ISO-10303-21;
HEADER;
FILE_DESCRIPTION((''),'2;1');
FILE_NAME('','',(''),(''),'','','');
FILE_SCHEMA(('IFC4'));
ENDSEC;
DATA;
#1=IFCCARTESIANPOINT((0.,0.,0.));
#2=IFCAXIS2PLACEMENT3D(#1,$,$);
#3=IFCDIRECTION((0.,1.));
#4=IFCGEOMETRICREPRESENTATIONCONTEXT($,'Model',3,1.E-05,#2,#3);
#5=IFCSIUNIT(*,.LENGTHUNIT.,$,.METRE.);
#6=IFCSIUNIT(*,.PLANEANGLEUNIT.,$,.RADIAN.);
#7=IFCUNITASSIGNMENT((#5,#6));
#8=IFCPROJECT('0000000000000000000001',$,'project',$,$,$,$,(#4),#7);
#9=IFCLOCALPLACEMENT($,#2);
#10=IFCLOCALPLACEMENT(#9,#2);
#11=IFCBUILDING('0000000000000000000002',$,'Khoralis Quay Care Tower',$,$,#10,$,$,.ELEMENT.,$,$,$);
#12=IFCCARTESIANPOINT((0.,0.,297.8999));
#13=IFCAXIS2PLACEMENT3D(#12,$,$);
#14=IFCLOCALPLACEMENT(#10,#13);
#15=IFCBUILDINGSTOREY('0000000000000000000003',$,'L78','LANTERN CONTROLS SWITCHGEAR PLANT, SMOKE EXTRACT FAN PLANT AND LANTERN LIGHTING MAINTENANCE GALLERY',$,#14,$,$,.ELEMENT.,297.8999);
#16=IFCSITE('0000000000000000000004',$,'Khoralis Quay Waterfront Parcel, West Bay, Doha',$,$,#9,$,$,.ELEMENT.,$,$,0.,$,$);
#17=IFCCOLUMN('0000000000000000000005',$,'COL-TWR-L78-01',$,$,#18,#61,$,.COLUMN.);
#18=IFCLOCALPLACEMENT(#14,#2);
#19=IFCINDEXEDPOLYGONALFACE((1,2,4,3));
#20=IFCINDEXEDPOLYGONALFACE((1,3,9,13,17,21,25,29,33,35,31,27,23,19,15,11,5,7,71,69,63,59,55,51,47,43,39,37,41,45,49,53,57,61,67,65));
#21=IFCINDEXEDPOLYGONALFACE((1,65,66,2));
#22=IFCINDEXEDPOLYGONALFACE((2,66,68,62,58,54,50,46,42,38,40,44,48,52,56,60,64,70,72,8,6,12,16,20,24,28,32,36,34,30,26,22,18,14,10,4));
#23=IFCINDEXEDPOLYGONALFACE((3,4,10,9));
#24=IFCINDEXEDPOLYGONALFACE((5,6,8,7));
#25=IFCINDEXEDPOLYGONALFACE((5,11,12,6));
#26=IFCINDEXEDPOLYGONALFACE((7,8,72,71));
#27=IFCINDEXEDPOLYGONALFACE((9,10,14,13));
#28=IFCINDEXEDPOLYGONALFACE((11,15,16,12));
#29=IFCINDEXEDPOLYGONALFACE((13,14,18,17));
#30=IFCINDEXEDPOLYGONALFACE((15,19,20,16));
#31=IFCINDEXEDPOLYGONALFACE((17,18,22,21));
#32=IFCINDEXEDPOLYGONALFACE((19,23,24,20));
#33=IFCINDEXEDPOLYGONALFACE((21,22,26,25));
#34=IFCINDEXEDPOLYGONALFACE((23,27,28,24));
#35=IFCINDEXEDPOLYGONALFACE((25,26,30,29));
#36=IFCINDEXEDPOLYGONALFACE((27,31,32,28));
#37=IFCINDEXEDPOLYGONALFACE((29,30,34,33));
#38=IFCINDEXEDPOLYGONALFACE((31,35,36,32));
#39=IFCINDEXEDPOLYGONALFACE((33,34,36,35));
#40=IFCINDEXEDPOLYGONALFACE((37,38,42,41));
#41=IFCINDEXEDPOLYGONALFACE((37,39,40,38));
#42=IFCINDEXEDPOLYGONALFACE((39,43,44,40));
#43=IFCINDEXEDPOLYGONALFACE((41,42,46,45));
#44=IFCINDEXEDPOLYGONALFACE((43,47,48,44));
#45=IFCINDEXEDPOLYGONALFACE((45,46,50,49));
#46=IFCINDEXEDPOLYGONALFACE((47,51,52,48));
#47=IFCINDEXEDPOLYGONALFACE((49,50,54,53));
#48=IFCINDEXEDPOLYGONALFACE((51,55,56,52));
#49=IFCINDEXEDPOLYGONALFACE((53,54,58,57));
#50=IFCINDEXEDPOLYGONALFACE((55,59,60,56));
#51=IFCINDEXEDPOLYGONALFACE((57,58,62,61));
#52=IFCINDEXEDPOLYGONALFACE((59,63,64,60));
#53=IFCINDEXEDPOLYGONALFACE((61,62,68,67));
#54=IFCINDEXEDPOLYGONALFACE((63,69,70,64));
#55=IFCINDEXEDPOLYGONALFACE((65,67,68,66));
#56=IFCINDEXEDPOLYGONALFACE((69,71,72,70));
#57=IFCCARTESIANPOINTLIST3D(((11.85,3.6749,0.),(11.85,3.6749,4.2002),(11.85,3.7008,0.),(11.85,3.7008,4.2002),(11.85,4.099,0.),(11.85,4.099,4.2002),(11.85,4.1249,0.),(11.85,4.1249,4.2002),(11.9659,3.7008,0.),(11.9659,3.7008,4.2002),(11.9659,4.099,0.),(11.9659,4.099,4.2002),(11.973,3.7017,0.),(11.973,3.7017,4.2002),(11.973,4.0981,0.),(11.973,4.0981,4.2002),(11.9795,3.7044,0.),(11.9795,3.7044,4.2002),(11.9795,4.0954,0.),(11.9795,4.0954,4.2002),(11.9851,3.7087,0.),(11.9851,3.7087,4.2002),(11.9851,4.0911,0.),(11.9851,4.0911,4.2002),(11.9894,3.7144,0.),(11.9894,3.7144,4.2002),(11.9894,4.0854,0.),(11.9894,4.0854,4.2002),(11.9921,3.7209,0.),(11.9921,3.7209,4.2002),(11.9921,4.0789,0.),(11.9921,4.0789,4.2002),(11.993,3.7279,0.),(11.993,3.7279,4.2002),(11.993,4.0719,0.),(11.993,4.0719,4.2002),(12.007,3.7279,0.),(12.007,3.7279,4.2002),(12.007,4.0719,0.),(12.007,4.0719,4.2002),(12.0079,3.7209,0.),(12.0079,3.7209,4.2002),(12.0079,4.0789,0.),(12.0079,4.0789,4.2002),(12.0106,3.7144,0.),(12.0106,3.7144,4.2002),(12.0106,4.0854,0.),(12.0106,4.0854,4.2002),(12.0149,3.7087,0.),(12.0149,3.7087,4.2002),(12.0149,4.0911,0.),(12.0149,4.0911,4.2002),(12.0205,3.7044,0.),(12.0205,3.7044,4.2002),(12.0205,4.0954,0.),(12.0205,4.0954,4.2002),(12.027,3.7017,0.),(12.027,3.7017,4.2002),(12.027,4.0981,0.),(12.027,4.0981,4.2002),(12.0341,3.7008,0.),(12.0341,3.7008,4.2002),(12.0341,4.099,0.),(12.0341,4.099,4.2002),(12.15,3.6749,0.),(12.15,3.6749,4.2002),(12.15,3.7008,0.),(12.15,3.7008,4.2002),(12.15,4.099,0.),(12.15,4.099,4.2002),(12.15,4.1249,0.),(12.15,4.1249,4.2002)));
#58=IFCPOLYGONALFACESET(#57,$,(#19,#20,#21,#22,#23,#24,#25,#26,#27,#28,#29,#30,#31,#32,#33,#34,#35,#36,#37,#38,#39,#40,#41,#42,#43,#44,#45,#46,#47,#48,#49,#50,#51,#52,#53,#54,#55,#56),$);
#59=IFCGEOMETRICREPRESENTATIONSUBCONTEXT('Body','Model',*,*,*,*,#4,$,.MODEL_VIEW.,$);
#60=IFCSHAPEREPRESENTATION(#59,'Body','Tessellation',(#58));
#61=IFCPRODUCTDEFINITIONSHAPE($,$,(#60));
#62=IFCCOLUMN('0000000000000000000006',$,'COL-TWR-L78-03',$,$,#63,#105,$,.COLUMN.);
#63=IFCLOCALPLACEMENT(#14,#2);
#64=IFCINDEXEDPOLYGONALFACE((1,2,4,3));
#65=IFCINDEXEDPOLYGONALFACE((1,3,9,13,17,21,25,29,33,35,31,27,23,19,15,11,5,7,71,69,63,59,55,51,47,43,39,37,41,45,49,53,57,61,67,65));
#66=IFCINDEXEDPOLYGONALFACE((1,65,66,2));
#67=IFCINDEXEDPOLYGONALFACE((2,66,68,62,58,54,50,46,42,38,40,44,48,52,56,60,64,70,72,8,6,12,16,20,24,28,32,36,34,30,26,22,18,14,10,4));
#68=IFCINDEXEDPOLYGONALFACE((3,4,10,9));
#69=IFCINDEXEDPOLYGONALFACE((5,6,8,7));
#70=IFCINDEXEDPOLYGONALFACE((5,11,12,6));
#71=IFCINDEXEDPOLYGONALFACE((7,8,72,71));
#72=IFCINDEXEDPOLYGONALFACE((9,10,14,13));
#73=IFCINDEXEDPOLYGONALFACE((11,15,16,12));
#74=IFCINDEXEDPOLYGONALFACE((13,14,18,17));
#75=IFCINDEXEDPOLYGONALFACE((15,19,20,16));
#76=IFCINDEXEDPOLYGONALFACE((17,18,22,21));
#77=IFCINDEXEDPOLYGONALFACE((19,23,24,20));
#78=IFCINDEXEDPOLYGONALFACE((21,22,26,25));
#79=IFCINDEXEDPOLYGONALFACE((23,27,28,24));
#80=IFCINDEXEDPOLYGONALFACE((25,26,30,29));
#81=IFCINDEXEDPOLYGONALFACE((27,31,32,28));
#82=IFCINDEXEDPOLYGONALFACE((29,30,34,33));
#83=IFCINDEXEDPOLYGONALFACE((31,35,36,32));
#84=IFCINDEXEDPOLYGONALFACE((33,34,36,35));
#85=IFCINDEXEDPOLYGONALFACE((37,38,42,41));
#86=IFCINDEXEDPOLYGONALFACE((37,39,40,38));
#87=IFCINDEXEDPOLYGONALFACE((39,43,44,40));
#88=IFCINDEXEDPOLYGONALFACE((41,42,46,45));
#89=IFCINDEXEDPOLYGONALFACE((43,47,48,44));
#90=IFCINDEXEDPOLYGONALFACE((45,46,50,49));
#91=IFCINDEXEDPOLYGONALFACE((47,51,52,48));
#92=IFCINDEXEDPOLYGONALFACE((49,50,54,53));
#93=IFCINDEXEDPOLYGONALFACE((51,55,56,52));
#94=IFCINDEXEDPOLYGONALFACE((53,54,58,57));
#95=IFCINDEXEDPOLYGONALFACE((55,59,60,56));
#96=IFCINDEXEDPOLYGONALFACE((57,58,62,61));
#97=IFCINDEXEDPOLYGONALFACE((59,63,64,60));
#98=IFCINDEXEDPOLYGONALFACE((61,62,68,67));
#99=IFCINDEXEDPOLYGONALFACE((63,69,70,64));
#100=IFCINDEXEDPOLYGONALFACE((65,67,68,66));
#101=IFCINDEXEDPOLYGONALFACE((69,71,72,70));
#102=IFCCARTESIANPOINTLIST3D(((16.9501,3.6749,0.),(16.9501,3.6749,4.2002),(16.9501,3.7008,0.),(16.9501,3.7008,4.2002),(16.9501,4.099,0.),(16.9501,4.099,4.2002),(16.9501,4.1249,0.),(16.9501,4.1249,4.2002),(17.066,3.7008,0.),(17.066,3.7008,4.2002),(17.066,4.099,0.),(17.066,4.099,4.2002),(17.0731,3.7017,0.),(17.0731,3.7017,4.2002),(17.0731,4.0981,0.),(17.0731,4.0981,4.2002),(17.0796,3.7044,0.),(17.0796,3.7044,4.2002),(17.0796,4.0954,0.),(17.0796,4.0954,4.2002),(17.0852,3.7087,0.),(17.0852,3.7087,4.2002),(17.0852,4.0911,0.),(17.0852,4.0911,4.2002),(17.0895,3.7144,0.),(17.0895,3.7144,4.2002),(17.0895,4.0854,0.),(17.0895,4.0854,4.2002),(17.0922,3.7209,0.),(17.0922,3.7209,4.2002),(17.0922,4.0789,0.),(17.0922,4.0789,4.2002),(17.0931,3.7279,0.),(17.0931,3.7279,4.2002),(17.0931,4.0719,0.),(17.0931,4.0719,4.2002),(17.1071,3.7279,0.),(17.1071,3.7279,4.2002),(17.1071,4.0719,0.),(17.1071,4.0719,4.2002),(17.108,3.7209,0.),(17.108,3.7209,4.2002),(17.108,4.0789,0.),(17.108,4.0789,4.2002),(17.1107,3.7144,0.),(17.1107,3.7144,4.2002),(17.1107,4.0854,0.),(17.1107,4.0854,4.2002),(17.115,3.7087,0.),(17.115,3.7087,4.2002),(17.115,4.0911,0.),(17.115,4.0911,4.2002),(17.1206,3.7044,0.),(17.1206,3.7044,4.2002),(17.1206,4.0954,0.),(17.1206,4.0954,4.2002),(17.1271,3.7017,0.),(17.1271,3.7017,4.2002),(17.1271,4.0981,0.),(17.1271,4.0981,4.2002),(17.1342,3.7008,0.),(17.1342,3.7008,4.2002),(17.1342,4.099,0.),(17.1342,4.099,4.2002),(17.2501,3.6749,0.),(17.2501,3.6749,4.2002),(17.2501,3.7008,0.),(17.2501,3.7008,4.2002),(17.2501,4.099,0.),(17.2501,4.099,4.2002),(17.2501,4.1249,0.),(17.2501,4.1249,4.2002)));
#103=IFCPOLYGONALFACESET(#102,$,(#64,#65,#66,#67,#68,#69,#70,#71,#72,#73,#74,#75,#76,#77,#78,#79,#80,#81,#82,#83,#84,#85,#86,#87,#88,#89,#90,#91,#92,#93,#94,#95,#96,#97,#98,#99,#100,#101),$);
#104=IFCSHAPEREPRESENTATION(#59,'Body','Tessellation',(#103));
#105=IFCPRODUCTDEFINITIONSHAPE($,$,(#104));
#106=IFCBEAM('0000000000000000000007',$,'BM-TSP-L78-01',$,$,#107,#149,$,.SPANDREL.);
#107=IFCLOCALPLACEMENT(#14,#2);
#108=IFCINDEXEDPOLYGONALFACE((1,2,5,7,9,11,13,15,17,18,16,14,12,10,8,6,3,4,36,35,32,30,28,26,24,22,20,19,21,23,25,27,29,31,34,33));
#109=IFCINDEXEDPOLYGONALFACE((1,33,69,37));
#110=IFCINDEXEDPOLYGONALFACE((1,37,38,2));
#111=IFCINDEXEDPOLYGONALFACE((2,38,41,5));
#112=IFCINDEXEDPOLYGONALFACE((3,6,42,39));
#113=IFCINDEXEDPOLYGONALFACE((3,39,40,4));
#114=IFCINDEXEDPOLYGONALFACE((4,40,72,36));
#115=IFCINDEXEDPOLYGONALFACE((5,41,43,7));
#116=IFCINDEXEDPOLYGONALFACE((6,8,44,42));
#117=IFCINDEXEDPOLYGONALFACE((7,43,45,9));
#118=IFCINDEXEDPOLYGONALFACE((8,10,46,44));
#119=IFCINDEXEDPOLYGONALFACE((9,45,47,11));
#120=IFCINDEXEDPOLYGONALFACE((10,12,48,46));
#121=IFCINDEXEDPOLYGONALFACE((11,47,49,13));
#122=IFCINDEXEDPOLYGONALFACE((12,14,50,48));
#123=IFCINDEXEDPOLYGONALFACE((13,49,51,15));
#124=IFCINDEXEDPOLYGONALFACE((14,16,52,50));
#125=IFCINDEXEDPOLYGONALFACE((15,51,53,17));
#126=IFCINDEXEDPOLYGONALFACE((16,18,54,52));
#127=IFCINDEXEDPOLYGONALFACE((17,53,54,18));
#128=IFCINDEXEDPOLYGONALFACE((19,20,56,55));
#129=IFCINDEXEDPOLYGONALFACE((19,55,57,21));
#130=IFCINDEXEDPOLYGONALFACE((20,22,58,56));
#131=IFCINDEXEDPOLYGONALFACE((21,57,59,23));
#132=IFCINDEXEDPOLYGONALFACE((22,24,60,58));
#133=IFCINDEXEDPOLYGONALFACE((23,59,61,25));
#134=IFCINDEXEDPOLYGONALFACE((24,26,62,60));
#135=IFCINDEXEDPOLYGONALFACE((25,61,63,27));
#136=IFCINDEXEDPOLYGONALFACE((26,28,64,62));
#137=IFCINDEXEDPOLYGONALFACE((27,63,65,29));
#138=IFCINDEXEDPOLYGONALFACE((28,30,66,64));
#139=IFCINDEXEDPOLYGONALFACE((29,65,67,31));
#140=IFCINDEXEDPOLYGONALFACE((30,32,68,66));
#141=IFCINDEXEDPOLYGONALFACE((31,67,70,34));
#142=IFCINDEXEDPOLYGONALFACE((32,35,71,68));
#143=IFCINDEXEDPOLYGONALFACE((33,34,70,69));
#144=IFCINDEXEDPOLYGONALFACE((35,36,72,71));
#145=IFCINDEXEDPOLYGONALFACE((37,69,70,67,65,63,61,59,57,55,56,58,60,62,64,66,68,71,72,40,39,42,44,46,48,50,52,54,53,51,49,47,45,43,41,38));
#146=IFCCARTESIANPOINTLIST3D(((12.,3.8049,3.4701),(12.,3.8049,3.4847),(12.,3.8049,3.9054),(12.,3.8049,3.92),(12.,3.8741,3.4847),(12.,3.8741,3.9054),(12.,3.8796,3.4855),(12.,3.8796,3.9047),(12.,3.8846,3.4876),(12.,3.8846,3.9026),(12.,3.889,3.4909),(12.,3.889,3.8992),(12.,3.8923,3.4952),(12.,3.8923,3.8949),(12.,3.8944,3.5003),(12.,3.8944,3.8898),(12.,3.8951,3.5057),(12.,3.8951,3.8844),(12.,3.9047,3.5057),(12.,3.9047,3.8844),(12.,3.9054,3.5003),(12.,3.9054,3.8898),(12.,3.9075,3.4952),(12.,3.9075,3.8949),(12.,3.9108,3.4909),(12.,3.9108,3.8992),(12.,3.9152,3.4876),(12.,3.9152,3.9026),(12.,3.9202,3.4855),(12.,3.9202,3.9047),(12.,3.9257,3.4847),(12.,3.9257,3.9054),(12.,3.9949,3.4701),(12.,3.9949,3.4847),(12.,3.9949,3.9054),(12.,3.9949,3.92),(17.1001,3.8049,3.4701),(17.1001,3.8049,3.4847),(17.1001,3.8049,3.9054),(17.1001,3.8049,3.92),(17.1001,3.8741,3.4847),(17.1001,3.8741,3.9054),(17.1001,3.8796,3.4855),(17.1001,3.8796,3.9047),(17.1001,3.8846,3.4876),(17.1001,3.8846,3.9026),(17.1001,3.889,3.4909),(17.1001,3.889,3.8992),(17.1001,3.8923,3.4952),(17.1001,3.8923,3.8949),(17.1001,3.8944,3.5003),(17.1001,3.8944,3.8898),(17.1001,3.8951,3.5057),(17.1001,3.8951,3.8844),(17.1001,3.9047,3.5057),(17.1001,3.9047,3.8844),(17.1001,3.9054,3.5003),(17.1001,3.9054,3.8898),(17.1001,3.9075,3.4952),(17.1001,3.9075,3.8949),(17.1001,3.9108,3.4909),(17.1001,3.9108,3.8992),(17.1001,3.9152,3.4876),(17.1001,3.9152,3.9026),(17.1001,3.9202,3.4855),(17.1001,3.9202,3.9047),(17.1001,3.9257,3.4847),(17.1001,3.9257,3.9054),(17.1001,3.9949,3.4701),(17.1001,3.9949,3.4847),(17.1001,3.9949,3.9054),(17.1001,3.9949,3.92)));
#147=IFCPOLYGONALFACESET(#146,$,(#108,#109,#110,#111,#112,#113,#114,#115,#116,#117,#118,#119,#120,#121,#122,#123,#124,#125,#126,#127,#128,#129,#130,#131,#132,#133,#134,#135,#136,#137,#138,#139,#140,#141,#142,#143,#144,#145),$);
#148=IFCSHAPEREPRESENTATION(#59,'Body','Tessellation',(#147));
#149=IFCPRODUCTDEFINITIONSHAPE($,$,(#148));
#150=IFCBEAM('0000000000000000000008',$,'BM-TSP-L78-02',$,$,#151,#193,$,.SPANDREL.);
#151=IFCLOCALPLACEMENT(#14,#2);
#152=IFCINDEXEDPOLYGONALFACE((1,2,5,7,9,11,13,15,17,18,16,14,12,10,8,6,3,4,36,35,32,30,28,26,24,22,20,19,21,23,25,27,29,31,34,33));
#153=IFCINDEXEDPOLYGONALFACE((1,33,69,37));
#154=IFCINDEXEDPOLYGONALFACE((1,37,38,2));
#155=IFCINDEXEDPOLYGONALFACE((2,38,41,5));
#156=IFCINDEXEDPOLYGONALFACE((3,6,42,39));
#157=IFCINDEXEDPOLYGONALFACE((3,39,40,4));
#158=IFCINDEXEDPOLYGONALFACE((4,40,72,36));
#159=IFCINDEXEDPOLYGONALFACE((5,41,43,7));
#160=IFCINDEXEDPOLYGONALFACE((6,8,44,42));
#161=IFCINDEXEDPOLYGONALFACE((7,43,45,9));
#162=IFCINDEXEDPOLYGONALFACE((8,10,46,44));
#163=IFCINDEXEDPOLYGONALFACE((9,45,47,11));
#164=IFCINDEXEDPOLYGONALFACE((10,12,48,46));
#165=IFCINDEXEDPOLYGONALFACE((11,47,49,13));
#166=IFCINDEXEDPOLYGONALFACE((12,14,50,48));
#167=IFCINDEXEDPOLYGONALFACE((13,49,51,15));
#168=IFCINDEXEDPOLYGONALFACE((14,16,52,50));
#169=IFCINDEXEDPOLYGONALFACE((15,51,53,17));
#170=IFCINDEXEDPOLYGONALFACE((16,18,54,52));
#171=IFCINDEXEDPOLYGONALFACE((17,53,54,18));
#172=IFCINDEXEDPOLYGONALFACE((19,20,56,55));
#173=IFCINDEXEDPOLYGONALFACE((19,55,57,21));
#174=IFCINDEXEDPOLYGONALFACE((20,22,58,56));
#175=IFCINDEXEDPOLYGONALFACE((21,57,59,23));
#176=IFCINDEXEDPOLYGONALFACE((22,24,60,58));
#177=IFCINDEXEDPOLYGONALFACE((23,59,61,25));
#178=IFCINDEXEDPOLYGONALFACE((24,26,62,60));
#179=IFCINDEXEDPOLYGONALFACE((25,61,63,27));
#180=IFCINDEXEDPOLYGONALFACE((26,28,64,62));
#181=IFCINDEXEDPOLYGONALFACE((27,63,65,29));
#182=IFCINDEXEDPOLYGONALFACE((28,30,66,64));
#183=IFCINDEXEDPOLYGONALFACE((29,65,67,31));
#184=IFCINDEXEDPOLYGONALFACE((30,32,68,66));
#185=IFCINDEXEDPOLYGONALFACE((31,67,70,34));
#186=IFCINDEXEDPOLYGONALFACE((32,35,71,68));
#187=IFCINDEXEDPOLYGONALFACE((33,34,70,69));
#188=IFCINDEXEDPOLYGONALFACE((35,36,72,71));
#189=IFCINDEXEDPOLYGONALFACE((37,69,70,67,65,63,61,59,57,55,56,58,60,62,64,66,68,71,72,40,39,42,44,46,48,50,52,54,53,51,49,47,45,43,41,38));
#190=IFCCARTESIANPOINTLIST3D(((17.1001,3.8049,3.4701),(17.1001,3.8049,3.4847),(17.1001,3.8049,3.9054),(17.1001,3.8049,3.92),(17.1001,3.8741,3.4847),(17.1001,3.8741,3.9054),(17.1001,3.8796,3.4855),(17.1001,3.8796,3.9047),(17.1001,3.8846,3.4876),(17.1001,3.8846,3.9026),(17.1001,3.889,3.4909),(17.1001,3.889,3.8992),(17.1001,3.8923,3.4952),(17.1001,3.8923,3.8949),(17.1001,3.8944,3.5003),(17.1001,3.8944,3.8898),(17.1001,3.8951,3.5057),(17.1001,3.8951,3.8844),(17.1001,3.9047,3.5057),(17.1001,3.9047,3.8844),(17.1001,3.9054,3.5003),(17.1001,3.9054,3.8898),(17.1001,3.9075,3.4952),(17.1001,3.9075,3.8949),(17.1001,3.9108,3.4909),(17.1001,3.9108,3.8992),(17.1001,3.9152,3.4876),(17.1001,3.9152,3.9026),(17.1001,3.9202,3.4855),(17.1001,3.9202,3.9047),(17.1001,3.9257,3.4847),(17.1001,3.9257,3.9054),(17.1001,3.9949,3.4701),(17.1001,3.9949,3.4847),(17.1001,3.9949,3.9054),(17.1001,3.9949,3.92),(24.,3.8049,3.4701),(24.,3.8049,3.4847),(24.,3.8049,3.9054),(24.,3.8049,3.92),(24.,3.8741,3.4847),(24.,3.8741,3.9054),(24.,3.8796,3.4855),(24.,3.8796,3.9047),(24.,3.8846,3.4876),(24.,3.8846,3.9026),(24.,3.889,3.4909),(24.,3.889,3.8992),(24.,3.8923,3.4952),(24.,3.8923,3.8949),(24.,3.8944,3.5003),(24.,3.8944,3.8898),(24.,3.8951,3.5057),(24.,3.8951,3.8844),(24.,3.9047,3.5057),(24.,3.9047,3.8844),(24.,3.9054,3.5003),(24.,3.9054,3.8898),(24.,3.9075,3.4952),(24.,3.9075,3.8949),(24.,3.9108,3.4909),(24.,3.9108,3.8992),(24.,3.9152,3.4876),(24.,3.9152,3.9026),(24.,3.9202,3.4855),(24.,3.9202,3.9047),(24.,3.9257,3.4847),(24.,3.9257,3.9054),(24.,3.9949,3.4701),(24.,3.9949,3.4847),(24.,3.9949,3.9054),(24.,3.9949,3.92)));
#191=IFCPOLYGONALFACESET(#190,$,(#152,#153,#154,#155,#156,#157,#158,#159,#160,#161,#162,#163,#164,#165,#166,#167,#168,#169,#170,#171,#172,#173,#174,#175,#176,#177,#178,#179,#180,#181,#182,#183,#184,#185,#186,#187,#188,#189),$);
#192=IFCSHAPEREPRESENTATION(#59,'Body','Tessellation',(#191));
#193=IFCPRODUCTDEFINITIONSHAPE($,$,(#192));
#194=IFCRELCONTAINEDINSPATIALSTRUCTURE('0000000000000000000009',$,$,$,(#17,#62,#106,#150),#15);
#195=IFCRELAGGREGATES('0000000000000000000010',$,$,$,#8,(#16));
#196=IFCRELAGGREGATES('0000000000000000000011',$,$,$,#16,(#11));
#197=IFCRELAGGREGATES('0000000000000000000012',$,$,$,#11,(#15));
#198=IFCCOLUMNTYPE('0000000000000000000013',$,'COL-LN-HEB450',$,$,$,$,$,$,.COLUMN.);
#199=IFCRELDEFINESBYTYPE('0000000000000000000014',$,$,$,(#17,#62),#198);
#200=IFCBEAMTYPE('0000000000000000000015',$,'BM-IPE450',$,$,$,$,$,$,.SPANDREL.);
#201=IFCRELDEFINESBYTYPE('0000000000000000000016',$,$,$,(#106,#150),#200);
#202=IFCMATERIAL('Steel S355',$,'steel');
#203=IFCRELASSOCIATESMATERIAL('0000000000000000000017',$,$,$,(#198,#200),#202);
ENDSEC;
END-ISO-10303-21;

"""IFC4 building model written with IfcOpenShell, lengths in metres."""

from ifc_helpers import new_model, si_unit, direction, frame, origin, origin_2d, place, context, subcontext, project, spatial, i_section, extrude, source, transform, mapped, material, material_profile, profile_set, type_object, element, save


model = new_model("IFC4")

# Units and contexts
model_context = context("Model", 3, precision=1e-05, world=origin(), true_north=direction((0.0, 1.0)))
body_context = subcontext(model_context, "Body", "Model", "MODEL_VIEW")
ifc_project = project(units=[si_unit("LENGTHUNIT", "METRE"), si_unit("PLANEANGLEUNIT", "RADIAN")], contexts=[model_context])

# Site, building, storey
site_placement = place(None, origin())
site = spatial("IfcSite", under=ifc_project, at=site_placement, Name="Khoralis Quay Waterfront Parcel, West Bay, Doha", CompositionType="ELEMENT", RefElevation=0.0)
building_placement = place(site_placement, origin())
building = spatial("IfcBuilding", under=site, at=building_placement, Name="Khoralis Quay Care Tower", CompositionType="ELEMENT")
storey_placement = place(building_placement, frame((0.0, 0.0, 297.8999)))
storey = spatial("IfcBuildingStorey", under=building, at=storey_placement, Name="L78", Description="LANTERN CONTROLS SWITCHGEAR PLANT, SMOKE EXTRACT FAN PLANT AND LANTERN LIGHTING MAINTENANCE GALLERY", CompositionType="ELEMENT", Elevation=297.8999)

# Columns
ifc_material_1 = material(Name="Steel S355", Category="steel")
ifc_material_profile_1 = material_profile(ifc_material_1, i_section(OverallWidth=0.3, OverallDepth=0.45, WebThickness=0.0139, FlangeThickness=0.0259, FilletRadius=0.0271, at=origin_2d()), Name="Steel S355")
ifc_profile_set_1 = profile_set([ifc_material_profile_1], Name="Steel S355")
column_type = type_object("IfcColumnType", Name="COL-LN-HEB450", PredefinedType="COLUMN", material=ifc_profile_set_1)
shared_shape_1 = source(origin(), body_context, "Body", "SweptSolid", [
    extrude(i_section(OverallWidth=0.3, OverallDepth=0.45, WebThickness=0.0139, FlangeThickness=0.0259, FilletRadius=0.0271, at=origin_2d()), origin(), (0.0, 0.0, 1.0), 4.2002),
])
for number, where, z_axis, x_axis, name in (
    (1, (12.0, 3.8999, 0.0), (0.0, 0.0, 1.0), (1.0, 0.0, 0.0), "COL-TWR-L78-01"),
    (2, (17.1001, 3.8999, 0.0), (0.0, 0.0, 1.0), (1.0, 0.0, 0.0), "COL-TWR-L78-03"),
):
    element("IfcColumn", number, at=place(storey_placement, frame(where, z_axis=z_axis, x_axis=x_axis)), inside=storey, type_object=column_type, Name=name, PredefinedType="COLUMN", context=body_context, shape_type="MappedRepresentation", body=[
        mapped(shared_shape_1, transform((0.0, 0.0, 0.0), scale=1.0)),
    ])

# Beams
ifc_material_profile_2 = material_profile(ifc_material_1, i_section(OverallWidth=0.1899, OverallDepth=0.45, WebThickness=0.0095, FlangeThickness=0.0146, FilletRadius=0.021, at=origin_2d()), Name="Steel S355")
ifc_profile_set_2 = profile_set([ifc_material_profile_2], Name="Steel S355")
beam_type_1 = type_object("IfcBeamType", Name="BM-IPE450", PredefinedType="SPANDREL", material=ifc_profile_set_2)
shared_shape_2 = source(origin(), body_context, "Body", "SweptSolid", [
    extrude(i_section(OverallWidth=0.1899, OverallDepth=0.45, WebThickness=0.0095, FlangeThickness=0.0146, FilletRadius=0.021, at=origin_2d()), origin(), (0.0, 0.0, 1.0), 5.1001),
])
beam_1_placement = place(storey_placement, frame((12.0, 3.8999, 3.6951), z_axis=(1.0, 0.0, 0.0), x_axis=(0.0, 1.0, 0.0)))
element("IfcBeam", 3, at=beam_1_placement, inside=storey, type_object=beam_type_1, Name="BM-TSP-L78-01", PredefinedType="SPANDREL", context=body_context, shape_type="MappedRepresentation", body=[
    mapped(shared_shape_2, transform((0.0, 0.0, 0.0), scale=1.0)),
])
shared_shape_3 = source(origin(), body_context, "Body", "SweptSolid", [
    extrude(i_section(OverallWidth=0.1899, OverallDepth=0.45, WebThickness=0.0095, FlangeThickness=0.0146, FilletRadius=0.021, at=origin_2d()), origin(), (0.0, 0.0, 1.0), 6.8999),
])
beam_2_placement = place(storey_placement, frame((17.1001, 3.8999, 3.6951), z_axis=(1.0, 0.0, 0.0), x_axis=(0.0, 1.0, 0.0)))
element("IfcBeam", 4, at=beam_2_placement, inside=storey, type_object=beam_type_1, Name="BM-TSP-L78-02", PredefinedType="SPANDREL", context=body_context, shape_type="MappedRepresentation", body=[
    mapped(shared_shape_3, transform((0.0, 0.0, 0.0), scale=1.0)),
])

save(model, "model.ifc")
